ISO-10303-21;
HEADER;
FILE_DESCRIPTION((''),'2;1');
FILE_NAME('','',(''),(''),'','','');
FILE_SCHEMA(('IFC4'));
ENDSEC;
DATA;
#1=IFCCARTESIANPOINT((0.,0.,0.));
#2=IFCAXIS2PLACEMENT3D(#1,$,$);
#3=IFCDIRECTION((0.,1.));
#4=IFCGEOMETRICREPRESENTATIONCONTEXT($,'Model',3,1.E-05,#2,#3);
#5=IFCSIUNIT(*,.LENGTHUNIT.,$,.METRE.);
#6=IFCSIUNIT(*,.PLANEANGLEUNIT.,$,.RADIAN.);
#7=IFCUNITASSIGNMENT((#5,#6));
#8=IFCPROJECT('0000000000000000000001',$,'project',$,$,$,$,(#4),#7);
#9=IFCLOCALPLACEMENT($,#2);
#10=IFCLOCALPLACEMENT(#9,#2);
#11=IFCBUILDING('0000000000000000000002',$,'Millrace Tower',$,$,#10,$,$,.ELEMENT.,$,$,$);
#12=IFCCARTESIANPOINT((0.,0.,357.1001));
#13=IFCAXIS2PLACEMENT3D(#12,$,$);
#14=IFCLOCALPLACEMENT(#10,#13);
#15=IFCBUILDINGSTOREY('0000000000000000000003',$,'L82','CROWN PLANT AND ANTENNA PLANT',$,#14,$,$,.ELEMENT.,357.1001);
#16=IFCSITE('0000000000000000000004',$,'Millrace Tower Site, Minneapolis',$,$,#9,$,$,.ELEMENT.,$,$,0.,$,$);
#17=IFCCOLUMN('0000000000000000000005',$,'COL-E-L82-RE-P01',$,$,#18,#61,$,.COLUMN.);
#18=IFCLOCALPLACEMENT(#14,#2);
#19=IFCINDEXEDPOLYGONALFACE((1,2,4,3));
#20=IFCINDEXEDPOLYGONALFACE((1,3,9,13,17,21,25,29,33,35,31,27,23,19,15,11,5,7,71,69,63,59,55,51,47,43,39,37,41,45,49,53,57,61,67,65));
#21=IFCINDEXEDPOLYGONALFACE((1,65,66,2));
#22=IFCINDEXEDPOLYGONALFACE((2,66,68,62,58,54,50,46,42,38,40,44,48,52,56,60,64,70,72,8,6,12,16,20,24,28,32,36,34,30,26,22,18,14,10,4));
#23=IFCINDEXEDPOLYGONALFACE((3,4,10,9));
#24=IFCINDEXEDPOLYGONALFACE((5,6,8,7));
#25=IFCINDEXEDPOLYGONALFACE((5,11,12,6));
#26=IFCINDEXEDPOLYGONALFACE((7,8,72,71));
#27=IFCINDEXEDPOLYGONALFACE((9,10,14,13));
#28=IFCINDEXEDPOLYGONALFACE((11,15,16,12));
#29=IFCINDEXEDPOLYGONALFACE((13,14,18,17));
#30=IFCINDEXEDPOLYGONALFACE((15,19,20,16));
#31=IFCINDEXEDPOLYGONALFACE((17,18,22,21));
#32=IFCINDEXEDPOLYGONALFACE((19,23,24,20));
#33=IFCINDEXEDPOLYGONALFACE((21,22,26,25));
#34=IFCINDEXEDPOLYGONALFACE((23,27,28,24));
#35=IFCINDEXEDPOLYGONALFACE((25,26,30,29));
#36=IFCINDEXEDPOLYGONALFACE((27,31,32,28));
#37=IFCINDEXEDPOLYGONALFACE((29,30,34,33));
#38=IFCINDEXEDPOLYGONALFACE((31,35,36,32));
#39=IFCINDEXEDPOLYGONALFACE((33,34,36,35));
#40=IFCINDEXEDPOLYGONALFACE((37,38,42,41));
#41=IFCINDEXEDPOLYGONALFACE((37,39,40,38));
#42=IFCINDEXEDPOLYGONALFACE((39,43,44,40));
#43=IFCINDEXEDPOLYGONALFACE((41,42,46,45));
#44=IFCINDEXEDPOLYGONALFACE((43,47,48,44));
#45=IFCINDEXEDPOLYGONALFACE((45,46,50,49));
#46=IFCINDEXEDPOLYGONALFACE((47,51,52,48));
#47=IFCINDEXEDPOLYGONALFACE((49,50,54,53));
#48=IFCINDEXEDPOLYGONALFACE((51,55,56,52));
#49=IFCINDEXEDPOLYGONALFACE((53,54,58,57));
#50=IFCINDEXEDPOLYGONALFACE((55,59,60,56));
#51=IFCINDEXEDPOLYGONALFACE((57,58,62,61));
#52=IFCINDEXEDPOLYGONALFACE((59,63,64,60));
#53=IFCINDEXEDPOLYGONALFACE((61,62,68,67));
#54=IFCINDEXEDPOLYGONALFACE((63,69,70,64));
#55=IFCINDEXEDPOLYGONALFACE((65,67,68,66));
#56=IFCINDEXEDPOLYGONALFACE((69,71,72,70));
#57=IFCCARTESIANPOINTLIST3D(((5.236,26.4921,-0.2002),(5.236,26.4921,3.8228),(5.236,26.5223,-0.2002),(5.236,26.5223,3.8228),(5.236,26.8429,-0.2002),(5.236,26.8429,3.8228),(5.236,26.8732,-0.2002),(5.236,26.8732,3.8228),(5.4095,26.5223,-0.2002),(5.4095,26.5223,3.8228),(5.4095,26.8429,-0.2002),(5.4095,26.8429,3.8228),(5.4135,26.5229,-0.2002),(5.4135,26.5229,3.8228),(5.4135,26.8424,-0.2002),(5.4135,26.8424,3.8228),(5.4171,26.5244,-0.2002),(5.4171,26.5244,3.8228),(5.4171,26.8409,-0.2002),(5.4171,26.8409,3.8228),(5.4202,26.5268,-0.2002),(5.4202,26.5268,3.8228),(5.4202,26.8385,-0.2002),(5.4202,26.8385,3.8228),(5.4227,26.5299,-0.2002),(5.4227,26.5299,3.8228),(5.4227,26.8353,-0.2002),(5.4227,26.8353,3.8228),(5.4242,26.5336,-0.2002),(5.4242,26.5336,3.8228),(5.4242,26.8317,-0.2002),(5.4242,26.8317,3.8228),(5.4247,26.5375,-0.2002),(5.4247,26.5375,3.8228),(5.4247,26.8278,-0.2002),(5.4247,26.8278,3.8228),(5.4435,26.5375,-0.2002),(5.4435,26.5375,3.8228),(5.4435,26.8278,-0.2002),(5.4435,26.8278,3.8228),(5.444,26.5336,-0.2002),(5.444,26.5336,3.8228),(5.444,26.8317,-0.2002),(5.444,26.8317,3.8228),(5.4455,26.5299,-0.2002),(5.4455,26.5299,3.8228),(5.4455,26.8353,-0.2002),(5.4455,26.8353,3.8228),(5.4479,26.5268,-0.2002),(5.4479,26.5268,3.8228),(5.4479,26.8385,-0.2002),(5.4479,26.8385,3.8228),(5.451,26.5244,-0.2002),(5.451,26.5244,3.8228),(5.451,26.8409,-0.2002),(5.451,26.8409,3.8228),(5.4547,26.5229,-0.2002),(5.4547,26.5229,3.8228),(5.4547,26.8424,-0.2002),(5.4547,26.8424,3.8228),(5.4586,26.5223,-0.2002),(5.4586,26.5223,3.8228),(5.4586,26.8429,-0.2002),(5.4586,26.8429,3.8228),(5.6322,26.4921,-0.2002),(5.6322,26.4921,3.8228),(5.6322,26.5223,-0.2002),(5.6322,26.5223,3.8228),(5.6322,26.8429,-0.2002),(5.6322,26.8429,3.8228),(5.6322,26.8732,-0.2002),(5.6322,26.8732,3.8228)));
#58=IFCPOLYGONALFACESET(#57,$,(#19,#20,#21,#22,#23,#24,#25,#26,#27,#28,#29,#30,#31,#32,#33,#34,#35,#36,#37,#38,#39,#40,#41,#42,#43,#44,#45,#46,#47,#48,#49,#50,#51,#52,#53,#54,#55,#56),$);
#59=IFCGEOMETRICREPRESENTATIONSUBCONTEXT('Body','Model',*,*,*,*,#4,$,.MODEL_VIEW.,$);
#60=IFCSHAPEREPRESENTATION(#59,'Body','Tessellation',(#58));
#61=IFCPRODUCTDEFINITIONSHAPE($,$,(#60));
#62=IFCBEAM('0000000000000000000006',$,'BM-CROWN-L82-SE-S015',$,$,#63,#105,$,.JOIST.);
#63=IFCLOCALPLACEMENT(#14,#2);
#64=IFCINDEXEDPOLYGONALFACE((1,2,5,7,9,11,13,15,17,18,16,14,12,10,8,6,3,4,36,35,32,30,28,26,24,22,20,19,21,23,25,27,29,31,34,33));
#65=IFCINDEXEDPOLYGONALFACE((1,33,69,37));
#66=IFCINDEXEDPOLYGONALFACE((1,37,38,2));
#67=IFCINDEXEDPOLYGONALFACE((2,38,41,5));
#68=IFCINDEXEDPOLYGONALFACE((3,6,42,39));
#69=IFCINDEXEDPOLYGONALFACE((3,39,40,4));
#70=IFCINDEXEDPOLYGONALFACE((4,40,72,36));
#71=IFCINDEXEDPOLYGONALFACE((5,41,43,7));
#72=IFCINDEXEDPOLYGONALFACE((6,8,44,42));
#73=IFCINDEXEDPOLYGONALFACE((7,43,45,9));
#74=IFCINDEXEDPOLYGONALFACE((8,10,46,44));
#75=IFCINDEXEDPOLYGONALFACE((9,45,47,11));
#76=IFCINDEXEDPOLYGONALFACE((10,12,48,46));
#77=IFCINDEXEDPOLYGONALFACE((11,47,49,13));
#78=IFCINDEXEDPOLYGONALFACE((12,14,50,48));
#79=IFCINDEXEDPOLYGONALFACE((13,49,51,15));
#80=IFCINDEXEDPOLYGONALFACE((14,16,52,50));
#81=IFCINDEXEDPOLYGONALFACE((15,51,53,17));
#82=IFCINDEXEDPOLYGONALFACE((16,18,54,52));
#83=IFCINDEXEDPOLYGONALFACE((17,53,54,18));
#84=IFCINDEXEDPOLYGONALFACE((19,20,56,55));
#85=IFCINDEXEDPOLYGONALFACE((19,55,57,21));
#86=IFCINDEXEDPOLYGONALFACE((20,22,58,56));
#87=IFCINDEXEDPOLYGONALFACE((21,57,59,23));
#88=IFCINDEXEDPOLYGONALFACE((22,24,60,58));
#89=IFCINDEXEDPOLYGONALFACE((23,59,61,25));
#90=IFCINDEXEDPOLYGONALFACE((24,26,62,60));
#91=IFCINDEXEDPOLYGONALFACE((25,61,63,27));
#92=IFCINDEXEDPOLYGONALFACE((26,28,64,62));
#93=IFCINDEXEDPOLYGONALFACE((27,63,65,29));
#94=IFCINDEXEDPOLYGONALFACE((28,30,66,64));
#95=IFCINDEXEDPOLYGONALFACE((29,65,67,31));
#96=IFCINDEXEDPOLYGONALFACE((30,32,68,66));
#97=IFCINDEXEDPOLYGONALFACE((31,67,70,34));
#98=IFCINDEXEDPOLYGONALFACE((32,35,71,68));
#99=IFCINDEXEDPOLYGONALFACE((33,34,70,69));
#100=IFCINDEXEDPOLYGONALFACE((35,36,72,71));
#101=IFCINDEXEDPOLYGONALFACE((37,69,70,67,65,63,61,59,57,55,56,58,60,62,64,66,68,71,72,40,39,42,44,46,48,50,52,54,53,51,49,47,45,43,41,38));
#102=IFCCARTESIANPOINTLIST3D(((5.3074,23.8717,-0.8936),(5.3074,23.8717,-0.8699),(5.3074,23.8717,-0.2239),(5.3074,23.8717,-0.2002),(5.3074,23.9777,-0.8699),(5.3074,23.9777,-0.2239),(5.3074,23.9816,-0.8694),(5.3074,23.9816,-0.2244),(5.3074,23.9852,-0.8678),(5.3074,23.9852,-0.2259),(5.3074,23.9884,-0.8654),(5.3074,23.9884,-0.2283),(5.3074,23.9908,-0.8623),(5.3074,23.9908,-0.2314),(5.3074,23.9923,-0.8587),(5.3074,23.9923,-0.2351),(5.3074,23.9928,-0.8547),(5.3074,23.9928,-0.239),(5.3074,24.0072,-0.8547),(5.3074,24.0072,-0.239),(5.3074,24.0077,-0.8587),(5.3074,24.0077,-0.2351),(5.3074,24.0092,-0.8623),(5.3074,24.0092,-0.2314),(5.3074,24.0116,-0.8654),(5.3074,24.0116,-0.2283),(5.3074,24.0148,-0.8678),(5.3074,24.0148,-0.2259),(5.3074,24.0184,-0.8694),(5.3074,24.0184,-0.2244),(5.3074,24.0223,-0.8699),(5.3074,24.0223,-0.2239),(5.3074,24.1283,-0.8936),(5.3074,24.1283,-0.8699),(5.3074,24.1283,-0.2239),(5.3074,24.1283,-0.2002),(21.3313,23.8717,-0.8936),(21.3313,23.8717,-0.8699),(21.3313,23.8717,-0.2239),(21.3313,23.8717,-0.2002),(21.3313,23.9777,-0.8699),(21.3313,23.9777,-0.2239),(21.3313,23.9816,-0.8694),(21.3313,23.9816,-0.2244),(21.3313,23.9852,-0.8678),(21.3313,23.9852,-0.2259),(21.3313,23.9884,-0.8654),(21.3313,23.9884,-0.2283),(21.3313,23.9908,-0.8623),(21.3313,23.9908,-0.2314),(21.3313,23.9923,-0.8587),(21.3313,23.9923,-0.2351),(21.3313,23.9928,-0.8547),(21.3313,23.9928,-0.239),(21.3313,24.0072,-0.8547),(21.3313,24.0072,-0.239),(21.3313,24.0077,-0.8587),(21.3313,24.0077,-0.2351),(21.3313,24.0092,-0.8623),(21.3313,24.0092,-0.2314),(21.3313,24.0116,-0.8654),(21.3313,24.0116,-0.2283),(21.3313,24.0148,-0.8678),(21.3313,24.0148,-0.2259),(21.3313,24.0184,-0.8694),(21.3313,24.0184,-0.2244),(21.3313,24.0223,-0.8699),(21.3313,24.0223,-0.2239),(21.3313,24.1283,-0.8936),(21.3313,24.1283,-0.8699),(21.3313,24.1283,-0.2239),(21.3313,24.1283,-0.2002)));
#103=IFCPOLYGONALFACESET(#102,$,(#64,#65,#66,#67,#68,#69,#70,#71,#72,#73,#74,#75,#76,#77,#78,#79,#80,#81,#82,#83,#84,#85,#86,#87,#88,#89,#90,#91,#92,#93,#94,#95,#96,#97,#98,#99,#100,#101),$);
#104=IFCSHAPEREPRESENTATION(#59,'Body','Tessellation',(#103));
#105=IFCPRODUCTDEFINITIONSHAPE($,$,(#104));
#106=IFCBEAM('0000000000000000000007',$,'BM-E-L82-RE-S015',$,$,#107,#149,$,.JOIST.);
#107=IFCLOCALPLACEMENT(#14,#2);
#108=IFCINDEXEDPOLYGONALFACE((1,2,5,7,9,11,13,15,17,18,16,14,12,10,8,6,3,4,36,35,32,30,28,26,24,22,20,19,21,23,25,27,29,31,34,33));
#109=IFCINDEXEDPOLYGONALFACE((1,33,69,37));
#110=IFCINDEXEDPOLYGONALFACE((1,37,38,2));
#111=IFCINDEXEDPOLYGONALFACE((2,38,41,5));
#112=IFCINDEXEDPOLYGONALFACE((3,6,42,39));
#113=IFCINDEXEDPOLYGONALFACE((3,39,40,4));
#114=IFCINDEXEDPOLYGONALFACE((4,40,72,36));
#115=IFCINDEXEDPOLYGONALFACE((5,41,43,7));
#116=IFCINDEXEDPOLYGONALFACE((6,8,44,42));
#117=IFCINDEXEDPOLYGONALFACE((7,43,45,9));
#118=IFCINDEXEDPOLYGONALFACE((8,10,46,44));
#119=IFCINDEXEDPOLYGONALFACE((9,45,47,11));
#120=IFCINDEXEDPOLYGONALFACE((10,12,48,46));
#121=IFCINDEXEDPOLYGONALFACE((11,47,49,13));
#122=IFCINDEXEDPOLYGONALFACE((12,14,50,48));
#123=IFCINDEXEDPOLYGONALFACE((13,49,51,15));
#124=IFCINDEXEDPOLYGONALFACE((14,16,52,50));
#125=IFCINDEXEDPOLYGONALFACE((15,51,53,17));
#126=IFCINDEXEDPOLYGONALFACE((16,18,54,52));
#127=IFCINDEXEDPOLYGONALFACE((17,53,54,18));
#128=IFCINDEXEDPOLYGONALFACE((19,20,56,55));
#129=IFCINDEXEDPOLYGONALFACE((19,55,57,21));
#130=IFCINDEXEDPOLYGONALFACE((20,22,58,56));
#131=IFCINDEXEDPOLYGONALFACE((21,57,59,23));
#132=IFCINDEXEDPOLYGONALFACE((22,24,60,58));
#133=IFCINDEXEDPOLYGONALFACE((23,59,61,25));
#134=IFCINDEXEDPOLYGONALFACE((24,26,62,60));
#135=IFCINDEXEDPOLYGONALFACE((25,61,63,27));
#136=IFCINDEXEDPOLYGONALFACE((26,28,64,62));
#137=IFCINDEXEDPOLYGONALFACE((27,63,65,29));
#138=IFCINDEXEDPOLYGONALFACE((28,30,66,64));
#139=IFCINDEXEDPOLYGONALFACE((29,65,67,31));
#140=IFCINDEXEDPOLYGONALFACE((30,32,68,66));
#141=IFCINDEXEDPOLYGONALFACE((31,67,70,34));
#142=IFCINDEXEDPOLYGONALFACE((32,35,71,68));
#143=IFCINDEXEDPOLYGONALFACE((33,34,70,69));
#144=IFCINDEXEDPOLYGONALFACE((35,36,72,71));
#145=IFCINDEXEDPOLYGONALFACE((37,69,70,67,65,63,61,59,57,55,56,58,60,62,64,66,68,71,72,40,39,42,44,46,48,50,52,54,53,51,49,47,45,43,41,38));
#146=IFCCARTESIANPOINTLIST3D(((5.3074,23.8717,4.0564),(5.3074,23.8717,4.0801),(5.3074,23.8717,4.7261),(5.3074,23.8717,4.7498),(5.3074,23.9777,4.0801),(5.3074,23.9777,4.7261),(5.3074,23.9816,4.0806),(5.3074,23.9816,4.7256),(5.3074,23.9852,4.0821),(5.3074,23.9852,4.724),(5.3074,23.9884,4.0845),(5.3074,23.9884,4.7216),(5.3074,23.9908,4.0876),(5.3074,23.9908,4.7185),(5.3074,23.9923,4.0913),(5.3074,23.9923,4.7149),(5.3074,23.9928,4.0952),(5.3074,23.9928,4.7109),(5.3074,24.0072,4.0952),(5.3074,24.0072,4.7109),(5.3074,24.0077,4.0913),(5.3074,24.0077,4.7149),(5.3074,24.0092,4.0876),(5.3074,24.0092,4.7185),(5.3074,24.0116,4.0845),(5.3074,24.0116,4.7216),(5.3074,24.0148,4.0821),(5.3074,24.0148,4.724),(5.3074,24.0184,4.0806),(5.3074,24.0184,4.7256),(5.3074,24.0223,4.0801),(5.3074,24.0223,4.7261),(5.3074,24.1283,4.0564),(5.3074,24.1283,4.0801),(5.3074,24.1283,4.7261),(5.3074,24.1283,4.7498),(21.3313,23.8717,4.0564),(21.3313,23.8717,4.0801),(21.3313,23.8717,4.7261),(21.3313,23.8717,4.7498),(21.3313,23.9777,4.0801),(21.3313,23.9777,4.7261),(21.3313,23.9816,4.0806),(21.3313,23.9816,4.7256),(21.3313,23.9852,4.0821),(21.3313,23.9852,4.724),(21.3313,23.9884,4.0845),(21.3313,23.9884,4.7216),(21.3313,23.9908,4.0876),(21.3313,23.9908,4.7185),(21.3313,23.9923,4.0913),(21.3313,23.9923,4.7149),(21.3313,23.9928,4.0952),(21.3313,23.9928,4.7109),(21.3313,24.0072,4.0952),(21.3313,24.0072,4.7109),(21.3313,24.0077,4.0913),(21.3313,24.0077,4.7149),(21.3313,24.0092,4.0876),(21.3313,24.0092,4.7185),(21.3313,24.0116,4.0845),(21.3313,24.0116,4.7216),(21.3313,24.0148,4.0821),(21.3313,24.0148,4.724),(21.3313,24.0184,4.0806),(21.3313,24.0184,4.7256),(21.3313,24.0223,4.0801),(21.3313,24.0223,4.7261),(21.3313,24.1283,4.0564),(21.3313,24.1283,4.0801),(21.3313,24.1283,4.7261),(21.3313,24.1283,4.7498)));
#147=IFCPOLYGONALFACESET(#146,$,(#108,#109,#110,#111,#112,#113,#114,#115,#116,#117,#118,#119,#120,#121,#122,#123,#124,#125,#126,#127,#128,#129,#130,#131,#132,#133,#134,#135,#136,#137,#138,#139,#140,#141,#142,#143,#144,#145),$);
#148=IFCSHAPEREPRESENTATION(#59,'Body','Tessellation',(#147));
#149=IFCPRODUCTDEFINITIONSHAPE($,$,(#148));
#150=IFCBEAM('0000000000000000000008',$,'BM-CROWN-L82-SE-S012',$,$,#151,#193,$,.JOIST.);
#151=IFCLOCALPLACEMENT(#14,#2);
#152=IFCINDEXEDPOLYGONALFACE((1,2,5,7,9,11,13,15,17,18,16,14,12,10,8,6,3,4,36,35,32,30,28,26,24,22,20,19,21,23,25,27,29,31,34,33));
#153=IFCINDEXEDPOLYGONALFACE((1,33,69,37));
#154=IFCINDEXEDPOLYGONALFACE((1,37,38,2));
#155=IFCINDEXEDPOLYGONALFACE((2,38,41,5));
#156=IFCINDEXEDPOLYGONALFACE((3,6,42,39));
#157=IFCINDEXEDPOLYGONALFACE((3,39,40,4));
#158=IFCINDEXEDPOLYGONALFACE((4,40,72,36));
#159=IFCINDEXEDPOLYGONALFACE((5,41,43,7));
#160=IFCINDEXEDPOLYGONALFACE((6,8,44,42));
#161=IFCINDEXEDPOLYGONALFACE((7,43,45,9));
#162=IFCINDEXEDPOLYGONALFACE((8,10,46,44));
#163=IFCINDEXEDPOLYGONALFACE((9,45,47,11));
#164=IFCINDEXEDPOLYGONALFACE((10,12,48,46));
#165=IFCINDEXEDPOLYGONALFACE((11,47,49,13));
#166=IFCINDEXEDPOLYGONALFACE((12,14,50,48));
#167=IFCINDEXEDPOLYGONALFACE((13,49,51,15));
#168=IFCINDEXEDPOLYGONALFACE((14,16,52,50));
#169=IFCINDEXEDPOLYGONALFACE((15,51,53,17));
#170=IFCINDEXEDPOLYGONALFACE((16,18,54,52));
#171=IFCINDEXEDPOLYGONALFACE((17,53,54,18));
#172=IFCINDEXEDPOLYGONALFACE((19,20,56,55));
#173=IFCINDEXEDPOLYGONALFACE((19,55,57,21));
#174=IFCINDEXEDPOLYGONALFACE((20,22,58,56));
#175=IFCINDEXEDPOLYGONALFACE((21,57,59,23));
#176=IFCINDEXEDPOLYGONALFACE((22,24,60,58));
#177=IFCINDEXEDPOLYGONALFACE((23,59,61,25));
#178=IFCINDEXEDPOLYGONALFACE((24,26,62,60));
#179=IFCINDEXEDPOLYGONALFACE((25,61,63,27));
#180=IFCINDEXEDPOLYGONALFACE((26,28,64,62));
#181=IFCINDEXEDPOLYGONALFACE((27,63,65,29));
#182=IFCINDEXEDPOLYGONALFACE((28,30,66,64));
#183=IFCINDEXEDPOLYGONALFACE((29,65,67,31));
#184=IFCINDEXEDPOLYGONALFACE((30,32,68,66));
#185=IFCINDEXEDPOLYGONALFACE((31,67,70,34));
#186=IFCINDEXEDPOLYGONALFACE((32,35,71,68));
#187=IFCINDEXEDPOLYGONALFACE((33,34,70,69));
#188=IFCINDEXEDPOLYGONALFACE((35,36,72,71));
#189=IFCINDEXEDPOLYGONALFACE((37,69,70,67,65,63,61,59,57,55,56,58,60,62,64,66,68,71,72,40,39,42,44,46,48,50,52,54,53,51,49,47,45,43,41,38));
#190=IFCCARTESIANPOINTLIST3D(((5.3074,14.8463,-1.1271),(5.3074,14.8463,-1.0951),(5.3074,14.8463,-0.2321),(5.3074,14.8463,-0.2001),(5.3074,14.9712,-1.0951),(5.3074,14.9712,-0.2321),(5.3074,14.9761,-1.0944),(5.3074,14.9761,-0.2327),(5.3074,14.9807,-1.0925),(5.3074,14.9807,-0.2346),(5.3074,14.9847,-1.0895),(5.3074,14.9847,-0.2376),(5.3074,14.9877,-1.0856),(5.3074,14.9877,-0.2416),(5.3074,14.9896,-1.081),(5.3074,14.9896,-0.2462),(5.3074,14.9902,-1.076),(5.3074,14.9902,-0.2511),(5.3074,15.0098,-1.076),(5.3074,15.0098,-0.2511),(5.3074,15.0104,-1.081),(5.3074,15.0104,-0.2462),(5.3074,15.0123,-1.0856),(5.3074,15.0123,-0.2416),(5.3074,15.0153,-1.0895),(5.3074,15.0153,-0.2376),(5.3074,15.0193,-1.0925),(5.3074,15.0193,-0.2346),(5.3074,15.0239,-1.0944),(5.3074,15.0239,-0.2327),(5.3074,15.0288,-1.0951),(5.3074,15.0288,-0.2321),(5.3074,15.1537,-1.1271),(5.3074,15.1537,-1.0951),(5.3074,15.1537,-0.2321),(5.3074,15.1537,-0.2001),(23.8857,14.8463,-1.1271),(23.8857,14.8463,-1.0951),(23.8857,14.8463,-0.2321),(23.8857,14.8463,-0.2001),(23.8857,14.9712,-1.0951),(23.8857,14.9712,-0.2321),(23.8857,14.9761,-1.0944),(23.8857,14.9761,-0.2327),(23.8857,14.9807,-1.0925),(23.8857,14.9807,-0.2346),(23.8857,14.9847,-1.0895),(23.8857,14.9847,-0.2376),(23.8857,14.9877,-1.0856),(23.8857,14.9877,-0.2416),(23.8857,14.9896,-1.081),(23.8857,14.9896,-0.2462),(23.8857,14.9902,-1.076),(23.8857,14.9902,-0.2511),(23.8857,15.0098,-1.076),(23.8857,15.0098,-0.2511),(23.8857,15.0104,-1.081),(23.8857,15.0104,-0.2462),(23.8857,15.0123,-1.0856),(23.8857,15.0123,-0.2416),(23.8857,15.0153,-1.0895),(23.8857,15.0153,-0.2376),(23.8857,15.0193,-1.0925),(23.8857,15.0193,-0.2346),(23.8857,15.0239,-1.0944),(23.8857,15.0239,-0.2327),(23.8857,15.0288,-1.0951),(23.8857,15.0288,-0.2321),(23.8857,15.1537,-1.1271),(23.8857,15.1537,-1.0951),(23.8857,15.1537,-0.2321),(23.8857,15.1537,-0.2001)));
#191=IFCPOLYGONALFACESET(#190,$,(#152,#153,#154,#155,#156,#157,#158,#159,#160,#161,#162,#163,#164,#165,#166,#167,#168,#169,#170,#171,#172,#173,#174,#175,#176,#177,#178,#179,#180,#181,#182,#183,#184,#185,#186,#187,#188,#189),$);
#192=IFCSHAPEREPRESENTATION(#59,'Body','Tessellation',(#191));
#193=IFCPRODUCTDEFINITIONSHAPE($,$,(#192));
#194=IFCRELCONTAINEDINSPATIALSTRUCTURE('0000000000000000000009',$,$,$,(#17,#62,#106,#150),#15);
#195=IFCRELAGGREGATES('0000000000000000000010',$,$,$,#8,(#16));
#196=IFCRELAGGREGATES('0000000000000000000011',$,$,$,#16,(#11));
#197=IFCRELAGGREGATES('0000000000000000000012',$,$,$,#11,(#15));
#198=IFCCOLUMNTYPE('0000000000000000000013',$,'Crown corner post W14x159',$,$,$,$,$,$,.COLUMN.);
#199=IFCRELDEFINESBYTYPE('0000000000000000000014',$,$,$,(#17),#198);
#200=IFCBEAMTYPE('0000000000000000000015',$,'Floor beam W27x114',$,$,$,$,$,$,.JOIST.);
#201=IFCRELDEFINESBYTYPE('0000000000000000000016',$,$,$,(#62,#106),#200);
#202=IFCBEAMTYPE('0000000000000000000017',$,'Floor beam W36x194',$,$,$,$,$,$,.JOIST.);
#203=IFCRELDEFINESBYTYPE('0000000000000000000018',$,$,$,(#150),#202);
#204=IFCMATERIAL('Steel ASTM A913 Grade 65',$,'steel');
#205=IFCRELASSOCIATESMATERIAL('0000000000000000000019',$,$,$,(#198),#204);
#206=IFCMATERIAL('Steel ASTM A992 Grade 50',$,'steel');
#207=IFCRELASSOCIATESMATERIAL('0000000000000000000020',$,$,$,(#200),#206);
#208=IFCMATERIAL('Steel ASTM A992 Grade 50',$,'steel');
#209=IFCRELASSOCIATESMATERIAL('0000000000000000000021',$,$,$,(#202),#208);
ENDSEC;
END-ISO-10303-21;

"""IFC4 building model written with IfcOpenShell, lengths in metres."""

from ifc_helpers import new_model, si_unit, direction, frame, origin, origin_2d, place, context, subcontext, project, spatial, i_section, extrude, material, material_profile, profile_set, type_object, element, save


model = new_model("IFC4")

# Units and contexts
model_context = context("Model", 3, precision=1e-05, world=origin(), true_north=direction((0.0, 1.0)))
body_context = subcontext(model_context, "Body", "Model", "MODEL_VIEW")
ifc_project = project(units=[si_unit("LENGTHUNIT", "METRE"), si_unit("PLANEANGLEUNIT", "RADIAN")], contexts=[model_context])

# Site, building, storey
site_placement = place(None, origin())
site = spatial("IfcSite", under=ifc_project, at=site_placement, Name="Millrace Tower Site, Minneapolis", CompositionType="ELEMENT", RefElevation=0.0)
building_placement = place(site_placement, origin())
building = spatial("IfcBuilding", under=site, at=building_placement, Name="Millrace Tower", CompositionType="ELEMENT")
storey_placement = place(building_placement, frame((0.0, 0.0, 357.1001)))
storey = spatial("IfcBuildingStorey", under=building, at=storey_placement, Name="L82", Description="CROWN PLANT AND ANTENNA PLANT", CompositionType="ELEMENT", Elevation=357.1001)

# Column
ifc_material_1 = material(Name="Steel ASTM A913 Grade 65", Category="steel")
ifc_material_profile_1 = material_profile(ifc_material_1, i_section(OverallWidth=0.3962, OverallDepth=0.3811, WebThickness=0.0188, FlangeThickness=0.0303, FilletRadius=0.0151, at=origin_2d()))
ifc_profile_set_1 = profile_set([ifc_material_profile_1], Name="Steel ASTM A913 Grade 65")
column_type = type_object("IfcColumnType", Name="Crown corner post W14x159", PredefinedType="COLUMN", material=ifc_profile_set_1)
column_placement = place(storey_placement, frame((5.4341, 26.6826, -0.2002), z_axis=(0.0, 0.0, 1.0), x_axis=(1.0, 0.0, 0.0)))
element("IfcColumn", 1, at=column_placement, inside=storey, type_object=column_type, Name="COL-E-L82-RE-P01", PredefinedType="COLUMN", context=body_context, shape_type="SweptSolid", body=[
    extrude(i_section(OverallWidth=0.3962, OverallDepth=0.3811, WebThickness=0.0188, FlangeThickness=0.0303, FilletRadius=0.0151, at=origin_2d()), origin(), (0.0, 0.0, 1.0), 4.0229),
])

# Beams
ifc_material_2 = material(Name="Steel ASTM A992 Grade 50", Category="steel")
ifc_material_profile_2 = material_profile(ifc_material_2, i_section(OverallWidth=0.2566, OverallDepth=0.6934, WebThickness=0.0144, FlangeThickness=0.0237, FilletRadius=0.0151, at=origin_2d()))
ifc_profile_set_2 = profile_set([ifc_material_profile_2], Name="Steel ASTM A992 Grade 50")
beam_type_1 = type_object("IfcBeamType", Name="Floor beam W27x114", PredefinedType="JOIST", material=ifc_profile_set_2)
for number, where, z_axis, x_axis, name in (
    (2, (5.3074, 24.0, -0.5469), (1.0, 0.0, 0.0), (0.0, 1.0, 0.0), "BM-CROWN-L82-SE-S015"),
    (3, (5.3074, 24.0, 4.4031), (1.0, 0.0, 0.0), (0.0, 1.0, 0.0), "BM-E-L82-RE-S015"),
):
    element("IfcBeam", number, at=place(storey_placement, frame(where, z_axis=z_axis, x_axis=x_axis)), inside=storey, type_object=beam_type_1, Name=name, PredefinedType="JOIST", context=body_context, shape_type="SweptSolid", body=[
        extrude(i_section(OverallWidth=0.2566, OverallDepth=0.6934, WebThickness=0.0144, FlangeThickness=0.0237, FilletRadius=0.0151, at=origin_2d()), origin(), (0.0, 0.0, 1.0), 16.0239),
    ])
ifc_material_3 = material(Name="Steel ASTM A992 Grade 50", Category="steel")
ifc_material_profile_3 = material_profile(ifc_material_3, i_section(OverallWidth=0.3074, OverallDepth=0.927, WebThickness=0.0195, FlangeThickness=0.032, FilletRadius=0.019, at=origin_2d()))
ifc_profile_set_3 = profile_set([ifc_material_profile_3], Name="Steel ASTM A992 Grade 50")
beam_type_2 = type_object("IfcBeamType", Name="Floor beam W36x194", PredefinedType="JOIST", material=ifc_profile_set_3)
beam_1_placement = place(storey_placement, frame((5.3074, 15.0, -0.6636), z_axis=(1.0, 0.0, 0.0), x_axis=(0.0, 1.0, 0.0)))
element("IfcBeam", 4, at=beam_1_placement, inside=storey, type_object=beam_type_2, Name="BM-CROWN-L82-SE-S012", PredefinedType="JOIST", context=body_context, shape_type="SweptSolid", body=[
    extrude(i_section(OverallWidth=0.3074, OverallDepth=0.927, WebThickness=0.0195, FlangeThickness=0.032, FilletRadius=0.019, at=origin_2d()), origin(), (0.0, 0.0, 1.0), 18.5784),
])

save(model, "model.ifc")
